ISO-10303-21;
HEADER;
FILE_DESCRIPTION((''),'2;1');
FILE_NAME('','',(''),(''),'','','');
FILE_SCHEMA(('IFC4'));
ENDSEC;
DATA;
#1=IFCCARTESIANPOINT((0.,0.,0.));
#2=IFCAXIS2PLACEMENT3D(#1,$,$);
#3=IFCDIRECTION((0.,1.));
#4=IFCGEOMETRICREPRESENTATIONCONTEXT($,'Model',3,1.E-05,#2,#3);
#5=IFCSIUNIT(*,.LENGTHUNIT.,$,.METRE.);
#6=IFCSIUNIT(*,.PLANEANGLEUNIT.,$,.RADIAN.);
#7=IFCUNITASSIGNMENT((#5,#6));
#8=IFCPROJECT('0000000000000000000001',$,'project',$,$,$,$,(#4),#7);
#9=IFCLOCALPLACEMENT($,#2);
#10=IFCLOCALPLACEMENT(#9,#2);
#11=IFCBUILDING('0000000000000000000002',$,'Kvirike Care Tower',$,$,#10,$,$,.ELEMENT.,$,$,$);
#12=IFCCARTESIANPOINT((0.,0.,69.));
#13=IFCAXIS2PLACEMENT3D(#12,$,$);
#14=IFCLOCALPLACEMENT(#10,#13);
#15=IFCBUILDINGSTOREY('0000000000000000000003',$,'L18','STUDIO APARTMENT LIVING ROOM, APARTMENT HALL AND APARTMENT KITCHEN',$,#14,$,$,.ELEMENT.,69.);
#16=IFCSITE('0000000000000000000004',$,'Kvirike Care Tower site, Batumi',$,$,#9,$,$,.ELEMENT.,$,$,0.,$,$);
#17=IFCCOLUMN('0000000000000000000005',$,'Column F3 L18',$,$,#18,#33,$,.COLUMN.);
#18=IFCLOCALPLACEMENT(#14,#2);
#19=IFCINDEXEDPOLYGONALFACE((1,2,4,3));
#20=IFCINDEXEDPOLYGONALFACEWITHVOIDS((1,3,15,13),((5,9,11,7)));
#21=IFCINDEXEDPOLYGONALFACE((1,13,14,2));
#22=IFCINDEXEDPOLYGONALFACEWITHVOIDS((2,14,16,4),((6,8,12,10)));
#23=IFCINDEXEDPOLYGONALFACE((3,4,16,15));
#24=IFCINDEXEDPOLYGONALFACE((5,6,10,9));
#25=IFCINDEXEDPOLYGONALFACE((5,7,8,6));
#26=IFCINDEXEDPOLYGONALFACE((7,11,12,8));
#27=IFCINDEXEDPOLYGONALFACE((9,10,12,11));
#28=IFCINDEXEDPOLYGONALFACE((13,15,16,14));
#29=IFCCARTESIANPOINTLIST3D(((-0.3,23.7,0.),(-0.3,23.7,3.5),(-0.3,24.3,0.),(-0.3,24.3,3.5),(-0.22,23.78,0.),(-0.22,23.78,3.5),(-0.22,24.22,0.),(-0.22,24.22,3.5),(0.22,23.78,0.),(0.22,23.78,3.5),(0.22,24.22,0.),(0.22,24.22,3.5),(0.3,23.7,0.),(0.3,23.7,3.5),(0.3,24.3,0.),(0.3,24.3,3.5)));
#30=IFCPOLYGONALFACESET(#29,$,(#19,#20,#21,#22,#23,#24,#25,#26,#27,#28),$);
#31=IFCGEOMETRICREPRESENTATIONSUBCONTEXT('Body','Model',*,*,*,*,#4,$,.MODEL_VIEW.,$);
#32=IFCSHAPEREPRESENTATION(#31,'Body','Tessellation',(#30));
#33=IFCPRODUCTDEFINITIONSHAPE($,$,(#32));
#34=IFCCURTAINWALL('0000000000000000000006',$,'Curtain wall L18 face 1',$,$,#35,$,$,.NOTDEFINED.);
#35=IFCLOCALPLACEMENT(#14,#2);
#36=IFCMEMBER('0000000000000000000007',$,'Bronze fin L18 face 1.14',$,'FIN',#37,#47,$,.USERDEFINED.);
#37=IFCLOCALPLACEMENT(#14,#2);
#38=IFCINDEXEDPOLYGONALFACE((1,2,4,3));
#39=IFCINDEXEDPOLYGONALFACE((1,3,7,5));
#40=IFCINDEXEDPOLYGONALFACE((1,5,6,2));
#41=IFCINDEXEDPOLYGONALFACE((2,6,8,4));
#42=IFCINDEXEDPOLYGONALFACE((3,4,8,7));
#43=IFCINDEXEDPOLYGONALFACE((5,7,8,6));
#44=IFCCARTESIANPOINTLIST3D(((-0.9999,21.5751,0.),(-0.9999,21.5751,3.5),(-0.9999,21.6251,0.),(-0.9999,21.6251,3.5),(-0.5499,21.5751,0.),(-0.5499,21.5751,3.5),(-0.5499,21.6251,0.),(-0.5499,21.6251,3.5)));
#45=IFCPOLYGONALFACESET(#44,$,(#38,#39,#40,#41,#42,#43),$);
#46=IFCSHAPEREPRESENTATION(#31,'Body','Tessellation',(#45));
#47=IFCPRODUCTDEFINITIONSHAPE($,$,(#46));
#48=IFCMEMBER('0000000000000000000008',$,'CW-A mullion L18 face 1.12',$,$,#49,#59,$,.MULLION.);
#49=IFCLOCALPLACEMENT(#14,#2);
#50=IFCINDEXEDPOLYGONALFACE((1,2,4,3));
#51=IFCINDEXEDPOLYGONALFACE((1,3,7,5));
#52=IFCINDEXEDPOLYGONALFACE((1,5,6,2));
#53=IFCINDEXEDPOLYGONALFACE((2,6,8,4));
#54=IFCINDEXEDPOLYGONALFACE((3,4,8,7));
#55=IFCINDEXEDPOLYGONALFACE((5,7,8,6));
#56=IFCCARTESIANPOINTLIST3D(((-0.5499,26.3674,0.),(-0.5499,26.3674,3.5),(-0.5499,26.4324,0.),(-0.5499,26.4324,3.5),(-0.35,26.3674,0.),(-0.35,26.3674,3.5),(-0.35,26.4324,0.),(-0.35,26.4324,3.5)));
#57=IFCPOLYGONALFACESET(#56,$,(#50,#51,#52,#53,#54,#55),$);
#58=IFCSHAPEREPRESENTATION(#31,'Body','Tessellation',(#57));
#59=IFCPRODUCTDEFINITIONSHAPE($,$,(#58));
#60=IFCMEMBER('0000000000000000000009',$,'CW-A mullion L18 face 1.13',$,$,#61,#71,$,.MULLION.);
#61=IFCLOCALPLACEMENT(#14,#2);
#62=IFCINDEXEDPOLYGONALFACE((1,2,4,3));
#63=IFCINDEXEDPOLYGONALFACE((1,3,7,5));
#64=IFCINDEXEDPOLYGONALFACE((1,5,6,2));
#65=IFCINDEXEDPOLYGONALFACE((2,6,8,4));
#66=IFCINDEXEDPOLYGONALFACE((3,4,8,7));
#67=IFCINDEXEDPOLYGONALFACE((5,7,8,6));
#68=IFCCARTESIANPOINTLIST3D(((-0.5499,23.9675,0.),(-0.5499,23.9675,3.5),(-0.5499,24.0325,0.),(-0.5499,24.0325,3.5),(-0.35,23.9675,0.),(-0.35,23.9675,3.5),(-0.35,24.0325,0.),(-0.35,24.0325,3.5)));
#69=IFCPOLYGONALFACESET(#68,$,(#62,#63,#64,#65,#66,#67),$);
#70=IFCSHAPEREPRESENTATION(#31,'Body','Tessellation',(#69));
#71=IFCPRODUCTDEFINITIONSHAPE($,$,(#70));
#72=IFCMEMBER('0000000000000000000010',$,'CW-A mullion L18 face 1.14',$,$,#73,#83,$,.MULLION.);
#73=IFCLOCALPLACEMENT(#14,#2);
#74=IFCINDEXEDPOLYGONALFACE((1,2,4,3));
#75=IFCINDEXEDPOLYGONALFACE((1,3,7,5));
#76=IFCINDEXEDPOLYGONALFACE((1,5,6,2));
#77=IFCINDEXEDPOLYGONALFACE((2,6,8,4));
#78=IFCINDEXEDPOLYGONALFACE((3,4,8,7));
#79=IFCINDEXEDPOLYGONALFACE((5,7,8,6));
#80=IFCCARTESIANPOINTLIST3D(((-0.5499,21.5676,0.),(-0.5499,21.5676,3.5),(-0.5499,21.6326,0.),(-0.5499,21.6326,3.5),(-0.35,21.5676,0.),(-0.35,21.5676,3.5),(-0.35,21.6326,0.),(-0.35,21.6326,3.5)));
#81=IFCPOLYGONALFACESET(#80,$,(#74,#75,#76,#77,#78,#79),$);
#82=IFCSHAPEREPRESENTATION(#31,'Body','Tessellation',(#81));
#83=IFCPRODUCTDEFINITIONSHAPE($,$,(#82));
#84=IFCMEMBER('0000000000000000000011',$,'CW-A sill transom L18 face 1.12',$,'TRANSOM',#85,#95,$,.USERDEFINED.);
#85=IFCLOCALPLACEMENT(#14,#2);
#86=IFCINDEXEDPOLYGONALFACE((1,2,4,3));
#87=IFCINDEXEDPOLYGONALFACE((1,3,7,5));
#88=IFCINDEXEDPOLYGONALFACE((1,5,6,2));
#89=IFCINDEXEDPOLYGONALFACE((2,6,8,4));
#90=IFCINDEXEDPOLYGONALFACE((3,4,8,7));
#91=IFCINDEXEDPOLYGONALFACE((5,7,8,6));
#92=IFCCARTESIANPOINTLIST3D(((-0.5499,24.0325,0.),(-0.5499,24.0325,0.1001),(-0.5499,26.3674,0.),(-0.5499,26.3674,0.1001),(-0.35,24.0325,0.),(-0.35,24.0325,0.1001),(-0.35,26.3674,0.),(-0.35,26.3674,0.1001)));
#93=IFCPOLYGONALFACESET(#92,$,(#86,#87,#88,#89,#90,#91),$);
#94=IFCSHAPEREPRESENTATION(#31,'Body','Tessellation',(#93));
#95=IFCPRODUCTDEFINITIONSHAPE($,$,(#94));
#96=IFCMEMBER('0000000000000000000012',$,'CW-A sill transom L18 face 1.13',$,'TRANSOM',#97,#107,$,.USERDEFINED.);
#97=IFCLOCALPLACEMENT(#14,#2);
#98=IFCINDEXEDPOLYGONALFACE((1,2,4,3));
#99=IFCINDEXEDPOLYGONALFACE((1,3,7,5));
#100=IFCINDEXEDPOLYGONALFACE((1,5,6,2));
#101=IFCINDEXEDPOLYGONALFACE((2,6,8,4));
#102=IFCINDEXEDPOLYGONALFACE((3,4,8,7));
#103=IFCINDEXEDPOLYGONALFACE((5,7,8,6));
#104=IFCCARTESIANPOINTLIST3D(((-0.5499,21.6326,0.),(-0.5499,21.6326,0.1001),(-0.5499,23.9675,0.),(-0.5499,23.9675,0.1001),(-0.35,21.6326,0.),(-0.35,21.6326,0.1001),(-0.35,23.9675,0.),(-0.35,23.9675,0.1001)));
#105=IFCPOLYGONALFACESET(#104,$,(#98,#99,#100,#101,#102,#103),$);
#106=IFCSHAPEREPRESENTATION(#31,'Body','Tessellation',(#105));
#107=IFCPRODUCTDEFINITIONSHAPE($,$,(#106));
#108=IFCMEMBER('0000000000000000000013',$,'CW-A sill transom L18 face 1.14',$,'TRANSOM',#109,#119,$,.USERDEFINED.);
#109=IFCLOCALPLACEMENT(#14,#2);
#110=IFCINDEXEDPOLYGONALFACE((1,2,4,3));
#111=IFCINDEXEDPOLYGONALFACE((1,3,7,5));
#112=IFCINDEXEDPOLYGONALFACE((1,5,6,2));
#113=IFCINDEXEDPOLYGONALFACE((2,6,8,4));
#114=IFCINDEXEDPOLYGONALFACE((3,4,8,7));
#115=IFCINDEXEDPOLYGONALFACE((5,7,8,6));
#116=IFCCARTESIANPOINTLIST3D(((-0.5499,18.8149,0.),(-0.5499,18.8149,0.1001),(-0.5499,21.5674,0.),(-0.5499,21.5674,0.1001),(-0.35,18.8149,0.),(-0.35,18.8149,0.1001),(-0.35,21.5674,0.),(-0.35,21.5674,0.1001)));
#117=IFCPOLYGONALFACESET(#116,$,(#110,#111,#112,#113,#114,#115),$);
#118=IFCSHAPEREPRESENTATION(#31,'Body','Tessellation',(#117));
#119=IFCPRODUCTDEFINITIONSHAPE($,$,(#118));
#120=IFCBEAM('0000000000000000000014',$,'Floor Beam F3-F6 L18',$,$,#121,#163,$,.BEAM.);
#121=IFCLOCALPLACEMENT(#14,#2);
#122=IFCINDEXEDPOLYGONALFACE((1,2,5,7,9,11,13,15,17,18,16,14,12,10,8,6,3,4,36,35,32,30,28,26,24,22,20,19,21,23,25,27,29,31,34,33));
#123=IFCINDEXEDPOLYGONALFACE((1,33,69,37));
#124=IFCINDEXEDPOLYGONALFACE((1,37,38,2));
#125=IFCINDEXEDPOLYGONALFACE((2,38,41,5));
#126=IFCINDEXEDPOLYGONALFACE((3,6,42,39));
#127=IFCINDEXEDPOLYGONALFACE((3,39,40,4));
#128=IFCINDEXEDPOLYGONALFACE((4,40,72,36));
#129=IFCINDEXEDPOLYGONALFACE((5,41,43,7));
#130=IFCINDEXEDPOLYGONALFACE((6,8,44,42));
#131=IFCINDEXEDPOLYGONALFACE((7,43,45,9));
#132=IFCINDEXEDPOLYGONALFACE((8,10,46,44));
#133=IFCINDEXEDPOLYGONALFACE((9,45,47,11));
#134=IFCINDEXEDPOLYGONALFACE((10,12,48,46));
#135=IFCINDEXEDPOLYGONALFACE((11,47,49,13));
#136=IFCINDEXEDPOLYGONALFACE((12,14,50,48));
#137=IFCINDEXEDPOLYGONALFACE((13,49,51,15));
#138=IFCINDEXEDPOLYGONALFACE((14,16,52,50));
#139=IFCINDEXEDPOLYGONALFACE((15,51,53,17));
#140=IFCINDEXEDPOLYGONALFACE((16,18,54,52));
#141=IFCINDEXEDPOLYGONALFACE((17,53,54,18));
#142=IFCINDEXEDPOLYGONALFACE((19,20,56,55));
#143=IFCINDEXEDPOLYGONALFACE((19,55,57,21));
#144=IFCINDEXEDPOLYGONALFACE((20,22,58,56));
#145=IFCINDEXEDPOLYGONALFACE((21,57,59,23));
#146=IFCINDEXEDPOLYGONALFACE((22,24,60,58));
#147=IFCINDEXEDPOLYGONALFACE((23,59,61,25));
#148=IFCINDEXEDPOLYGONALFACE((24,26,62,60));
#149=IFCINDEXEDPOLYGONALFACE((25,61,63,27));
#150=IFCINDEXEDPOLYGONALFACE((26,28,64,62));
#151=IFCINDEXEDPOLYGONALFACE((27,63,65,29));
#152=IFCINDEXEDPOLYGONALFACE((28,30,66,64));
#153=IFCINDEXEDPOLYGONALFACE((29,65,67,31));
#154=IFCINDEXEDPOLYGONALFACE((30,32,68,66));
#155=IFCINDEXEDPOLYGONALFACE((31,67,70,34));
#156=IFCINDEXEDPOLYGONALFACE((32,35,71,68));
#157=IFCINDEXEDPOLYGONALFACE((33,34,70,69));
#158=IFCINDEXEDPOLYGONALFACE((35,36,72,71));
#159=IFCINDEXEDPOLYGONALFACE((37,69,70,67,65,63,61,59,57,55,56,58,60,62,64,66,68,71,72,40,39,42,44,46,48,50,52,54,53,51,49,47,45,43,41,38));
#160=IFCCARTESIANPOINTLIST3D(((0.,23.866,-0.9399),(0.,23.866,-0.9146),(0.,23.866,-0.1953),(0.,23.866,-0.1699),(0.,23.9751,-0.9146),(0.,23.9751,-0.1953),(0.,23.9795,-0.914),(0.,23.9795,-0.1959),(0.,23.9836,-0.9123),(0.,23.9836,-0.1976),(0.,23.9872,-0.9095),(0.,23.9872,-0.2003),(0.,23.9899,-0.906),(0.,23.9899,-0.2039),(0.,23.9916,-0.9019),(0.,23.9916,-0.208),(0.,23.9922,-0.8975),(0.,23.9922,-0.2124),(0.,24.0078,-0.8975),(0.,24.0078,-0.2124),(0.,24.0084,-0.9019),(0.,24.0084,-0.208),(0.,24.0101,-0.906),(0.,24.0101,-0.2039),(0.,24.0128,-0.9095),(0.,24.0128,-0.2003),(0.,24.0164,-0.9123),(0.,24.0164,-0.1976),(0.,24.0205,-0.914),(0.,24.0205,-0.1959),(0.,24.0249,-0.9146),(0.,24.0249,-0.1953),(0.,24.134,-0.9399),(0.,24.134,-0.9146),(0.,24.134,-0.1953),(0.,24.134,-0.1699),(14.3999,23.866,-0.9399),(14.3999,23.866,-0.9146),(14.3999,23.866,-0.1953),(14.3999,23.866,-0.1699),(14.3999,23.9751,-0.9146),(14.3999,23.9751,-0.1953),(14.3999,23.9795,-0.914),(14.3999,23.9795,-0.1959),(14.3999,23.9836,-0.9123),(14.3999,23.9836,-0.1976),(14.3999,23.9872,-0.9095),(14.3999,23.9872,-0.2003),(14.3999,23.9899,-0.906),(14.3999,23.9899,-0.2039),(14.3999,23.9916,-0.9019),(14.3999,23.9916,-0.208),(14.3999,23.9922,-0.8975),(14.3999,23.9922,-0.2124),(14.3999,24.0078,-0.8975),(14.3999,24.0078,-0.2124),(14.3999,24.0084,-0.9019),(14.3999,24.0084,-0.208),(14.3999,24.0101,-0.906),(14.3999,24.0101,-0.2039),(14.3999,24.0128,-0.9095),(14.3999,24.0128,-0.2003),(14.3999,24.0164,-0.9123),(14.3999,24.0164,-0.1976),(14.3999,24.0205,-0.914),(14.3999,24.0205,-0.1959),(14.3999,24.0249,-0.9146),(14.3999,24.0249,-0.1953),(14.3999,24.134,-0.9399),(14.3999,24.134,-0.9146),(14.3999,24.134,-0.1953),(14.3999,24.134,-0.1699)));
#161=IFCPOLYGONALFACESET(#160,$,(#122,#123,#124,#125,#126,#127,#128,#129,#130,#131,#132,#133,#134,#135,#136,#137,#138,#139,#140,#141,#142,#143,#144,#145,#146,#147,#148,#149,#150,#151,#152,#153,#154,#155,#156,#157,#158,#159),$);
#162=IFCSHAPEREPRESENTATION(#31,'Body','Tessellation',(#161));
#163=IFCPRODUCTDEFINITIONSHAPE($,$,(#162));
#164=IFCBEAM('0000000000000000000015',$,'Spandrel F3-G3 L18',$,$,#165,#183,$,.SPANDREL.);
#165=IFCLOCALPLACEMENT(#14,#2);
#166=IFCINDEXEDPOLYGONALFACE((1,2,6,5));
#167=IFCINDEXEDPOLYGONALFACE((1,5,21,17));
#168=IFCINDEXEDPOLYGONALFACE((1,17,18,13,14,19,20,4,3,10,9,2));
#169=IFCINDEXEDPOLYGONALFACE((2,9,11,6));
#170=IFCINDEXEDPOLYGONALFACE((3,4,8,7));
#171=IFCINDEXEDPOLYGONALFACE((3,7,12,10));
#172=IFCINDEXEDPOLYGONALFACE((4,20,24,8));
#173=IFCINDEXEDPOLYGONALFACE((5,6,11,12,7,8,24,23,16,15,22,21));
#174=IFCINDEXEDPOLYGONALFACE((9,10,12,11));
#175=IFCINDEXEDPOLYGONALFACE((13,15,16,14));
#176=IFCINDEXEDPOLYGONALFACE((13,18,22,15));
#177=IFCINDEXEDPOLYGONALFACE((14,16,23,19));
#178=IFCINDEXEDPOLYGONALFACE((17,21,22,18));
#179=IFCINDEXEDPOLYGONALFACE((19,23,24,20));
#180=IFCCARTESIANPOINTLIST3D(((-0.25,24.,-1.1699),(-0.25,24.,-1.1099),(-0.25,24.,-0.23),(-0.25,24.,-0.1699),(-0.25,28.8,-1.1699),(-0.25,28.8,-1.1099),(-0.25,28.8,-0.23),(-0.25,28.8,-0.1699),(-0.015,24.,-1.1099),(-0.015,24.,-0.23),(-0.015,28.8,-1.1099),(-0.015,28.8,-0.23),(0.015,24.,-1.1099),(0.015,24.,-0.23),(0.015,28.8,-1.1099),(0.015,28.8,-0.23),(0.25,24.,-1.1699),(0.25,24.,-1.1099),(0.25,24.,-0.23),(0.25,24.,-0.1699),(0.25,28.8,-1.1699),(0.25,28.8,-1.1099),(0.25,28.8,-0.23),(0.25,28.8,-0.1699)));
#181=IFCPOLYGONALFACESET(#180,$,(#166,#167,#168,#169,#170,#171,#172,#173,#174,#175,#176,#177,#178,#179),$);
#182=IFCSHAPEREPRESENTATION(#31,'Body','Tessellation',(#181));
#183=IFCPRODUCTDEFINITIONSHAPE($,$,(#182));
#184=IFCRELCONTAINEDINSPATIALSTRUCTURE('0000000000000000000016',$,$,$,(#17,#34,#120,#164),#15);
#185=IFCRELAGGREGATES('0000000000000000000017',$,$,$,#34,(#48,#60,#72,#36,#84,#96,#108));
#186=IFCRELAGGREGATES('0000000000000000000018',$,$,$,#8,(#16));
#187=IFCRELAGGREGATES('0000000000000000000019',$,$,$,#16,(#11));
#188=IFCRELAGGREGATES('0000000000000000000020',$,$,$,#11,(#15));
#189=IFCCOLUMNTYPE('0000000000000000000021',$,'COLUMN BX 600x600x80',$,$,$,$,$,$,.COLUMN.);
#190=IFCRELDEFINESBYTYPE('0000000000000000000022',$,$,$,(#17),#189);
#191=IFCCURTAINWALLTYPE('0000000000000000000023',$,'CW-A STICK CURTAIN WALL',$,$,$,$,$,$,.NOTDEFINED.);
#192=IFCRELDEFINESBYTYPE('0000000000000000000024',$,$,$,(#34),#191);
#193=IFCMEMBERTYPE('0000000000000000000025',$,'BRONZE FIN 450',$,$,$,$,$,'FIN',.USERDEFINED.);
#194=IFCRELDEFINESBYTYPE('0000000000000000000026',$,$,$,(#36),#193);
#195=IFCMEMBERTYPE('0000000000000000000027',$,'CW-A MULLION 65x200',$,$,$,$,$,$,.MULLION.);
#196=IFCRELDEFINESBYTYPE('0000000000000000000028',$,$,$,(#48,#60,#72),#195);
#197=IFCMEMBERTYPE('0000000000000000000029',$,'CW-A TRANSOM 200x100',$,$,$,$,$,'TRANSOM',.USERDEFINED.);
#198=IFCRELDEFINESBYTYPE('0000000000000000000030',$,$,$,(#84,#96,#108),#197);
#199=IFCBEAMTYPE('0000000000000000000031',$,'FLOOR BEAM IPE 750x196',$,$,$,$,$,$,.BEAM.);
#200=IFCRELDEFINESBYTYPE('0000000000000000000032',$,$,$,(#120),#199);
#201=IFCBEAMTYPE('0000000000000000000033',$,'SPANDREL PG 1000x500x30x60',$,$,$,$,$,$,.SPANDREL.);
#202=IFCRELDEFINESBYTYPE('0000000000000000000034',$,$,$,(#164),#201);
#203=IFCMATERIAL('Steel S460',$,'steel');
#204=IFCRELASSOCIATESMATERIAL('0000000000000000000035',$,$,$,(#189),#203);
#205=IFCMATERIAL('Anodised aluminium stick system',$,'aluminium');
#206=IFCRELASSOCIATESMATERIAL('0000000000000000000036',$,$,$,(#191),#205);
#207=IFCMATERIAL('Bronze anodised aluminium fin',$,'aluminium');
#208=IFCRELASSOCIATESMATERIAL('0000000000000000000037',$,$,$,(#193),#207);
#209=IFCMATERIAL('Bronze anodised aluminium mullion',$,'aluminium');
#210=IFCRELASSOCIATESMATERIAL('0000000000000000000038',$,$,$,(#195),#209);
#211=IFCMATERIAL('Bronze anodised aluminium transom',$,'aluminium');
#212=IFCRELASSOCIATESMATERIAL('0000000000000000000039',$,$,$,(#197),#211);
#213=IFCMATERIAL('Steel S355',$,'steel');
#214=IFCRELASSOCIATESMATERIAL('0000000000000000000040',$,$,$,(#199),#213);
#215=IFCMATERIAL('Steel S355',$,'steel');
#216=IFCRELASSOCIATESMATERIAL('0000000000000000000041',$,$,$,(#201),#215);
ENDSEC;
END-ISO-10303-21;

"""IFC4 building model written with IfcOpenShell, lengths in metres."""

from ifc_helpers import new_model, si_unit, direction, frame, origin, origin_2d, place, context, subcontext, project, spatial, rectangle, hollow_rectangle, i_section, extrude, material, material_profile, profile_set, type_object, element, aggregate, save


model = new_model("IFC4")

# Units and contexts
model_context = context("Model", 3, precision=1e-05, world=origin(), true_north=direction((0.0, 1.0)))
body_context = subcontext(model_context, "Body", "Model", "MODEL_VIEW")
ifc_project = project(units=[si_unit("LENGTHUNIT", "METRE"), si_unit("PLANEANGLEUNIT", "RADIAN")], contexts=[model_context])

# Site, building, storey
site_placement = place(None, origin())
site = spatial("IfcSite", under=ifc_project, at=site_placement, Name="Kvirike Care Tower site, Batumi", CompositionType="ELEMENT", RefElevation=0.0)
building_placement = place(site_placement, origin())
building = spatial("IfcBuilding", under=site, at=building_placement, Name="Kvirike Care Tower", CompositionType="ELEMENT")
storey_placement = place(building_placement, frame((0.0, 0.0, 69.0)))
storey = spatial("IfcBuildingStorey", under=building, at=storey_placement, Name="L18", Description="STUDIO APARTMENT LIVING ROOM, APARTMENT HALL AND APARTMENT KITCHEN", CompositionType="ELEMENT", Elevation=69.0)

# Column
ifc_material_1 = material(Name="Steel S460", Category="steel")
ifc_material_profile_1 = material_profile(ifc_material_1, hollow_rectangle(XDim=0.6001, YDim=0.6001, WallThickness=0.0801, at=origin_2d()), Name="BX 600x600x80")
ifc_profile_set_1 = profile_set([ifc_material_profile_1], Name="Steel S460")
column_type = type_object("IfcColumnType", Name="COLUMN BX 600x600x80", PredefinedType="COLUMN", material=ifc_profile_set_1)
column_placement = place(storey_placement, frame((0.0, 24.0, 0.0), z_axis=(0.0, 0.0, 1.0), x_axis=(1.0, 0.0, 0.0)))
element("IfcColumn", 1, at=column_placement, inside=storey, type_object=column_type, Name="Column F3 L18", PredefinedType="COLUMN", context=body_context, shape_type="SweptSolid", body=[
    extrude(hollow_rectangle(XDim=0.6001, YDim=0.6001, WallThickness=0.0801, at=origin_2d()), origin(), (0.0, 0.0, 1.0), 3.5),
])

# Curtain wall, members
ifc_material_2 = material(Name="Anodised aluminium stick system", Category="aluminium")
curtain_wall_type = type_object("IfcCurtainWallType", Name="CW-A STICK CURTAIN WALL", PredefinedType="NOTDEFINED", material=ifc_material_2)
curtain_wall_placement = place(storey_placement, origin())
curtain_wall = element("IfcCurtainWall", 2, at=curtain_wall_placement, inside=storey, type_object=curtain_wall_type, Name="Curtain wall L18 face 1", PredefinedType="NOTDEFINED")
ifc_material_3 = material(Name="Bronze anodised aluminium fin", Category="aluminium")
ifc_material_profile_2 = material_profile(ifc_material_3, rectangle(XDim=0.05, YDim=0.45, at=origin_2d()), Name="BRONZE FIN 450")
ifc_profile_set_2 = profile_set([ifc_material_profile_2], Name="Bronze anodised aluminium fin")
member_type_1 = type_object("IfcMemberType", Name="BRONZE FIN 450", ElementType="FIN", PredefinedType="USERDEFINED", material=ifc_profile_set_2)
member_1_placement = place(storey_placement, frame((-0.7749, 21.6001, 0.0), z_axis=(0.0, 0.0, 1.0), x_axis=(0.0, -1.0, 0.0)))
member_1 = element("IfcMember", 3, at=member_1_placement, type_object=member_type_1, Name="Bronze fin L18 face 1.14", ObjectType="FIN", PredefinedType="USERDEFINED", context=body_context, shape_type="SweptSolid", body=[
    extrude(rectangle(XDim=0.05, YDim=0.45, at=origin_2d()), origin(), (0.0, 0.0, 1.0), 3.5),
])
ifc_material_4 = material(Name="Bronze anodised aluminium mullion", Category="aluminium")
ifc_material_profile_3 = material_profile(ifc_material_4, rectangle(XDim=0.0649, YDim=0.2, at=origin_2d()), Name="CW-A MULLION 65x200")
ifc_profile_set_3 = profile_set([ifc_material_profile_3], Name="Bronze anodised aluminium mullion")
member_type_2 = type_object("IfcMemberType", Name="CW-A MULLION 65x200", PredefinedType="MULLION", material=ifc_profile_set_3)
member_2_placement = place(storey_placement, frame((-0.45, 26.3999, 0.0), z_axis=(0.0, 0.0, 1.0), x_axis=(0.0, -1.0, 0.0)))
member_2 = element("IfcMember", 4, at=member_2_placement, type_object=member_type_2, Name="CW-A mullion L18 face 1.12", PredefinedType="MULLION", context=body_context, shape_type="SweptSolid", body=[
    extrude(rectangle(XDim=0.0649, YDim=0.2, at=origin_2d()), origin(), (0.0, 0.0, 1.0), 3.5),
])
member_3_placement = place(storey_placement, frame((-0.45, 24.0, 0.0), z_axis=(0.0, 0.0, 1.0), x_axis=(0.0, -1.0, 0.0)))
member_3 = element("IfcMember", 5, at=member_3_placement, type_object=member_type_2, Name="CW-A mullion L18 face 1.13", PredefinedType="MULLION", context=body_context, shape_type="SweptSolid", body=[
    extrude(rectangle(XDim=0.0649, YDim=0.2, at=origin_2d()), origin(), (0.0, 0.0, 1.0), 3.5),
])
member_4_placement = place(storey_placement, frame((-0.45, 21.6001, 0.0), z_axis=(0.0, 0.0, 1.0), x_axis=(0.0, -1.0, 0.0)))
member_4 = element("IfcMember", 6, at=member_4_placement, type_object=member_type_2, Name="CW-A mullion L18 face 1.14", PredefinedType="MULLION", context=body_context, shape_type="SweptSolid", body=[
    extrude(rectangle(XDim=0.0649, YDim=0.2, at=origin_2d()), origin(), (0.0, 0.0, 1.0), 3.5),
])
ifc_material_5 = material(Name="Bronze anodised aluminium transom", Category="aluminium")
ifc_material_profile_4 = material_profile(ifc_material_5, rectangle(XDim=0.2, YDim=0.1001, at=origin_2d()), Name="CW-A TRANSOM 200x100")
ifc_profile_set_4 = profile_set([ifc_material_profile_4], Name="Bronze anodised aluminium transom")
member_type_3 = type_object("IfcMemberType", Name="CW-A TRANSOM 200x100", ElementType="TRANSOM", PredefinedType="USERDEFINED", material=ifc_profile_set_4)
member_5_placement = place(storey_placement, frame((-0.45, 26.3674, 0.05), z_axis=(0.0, -1.0, 0.0), x_axis=(1.0, 0.0, 0.0)))
member_5 = element("IfcMember", 7, at=member_5_placement, type_object=member_type_3, Name="CW-A sill transom L18 face 1.12", ObjectType="TRANSOM", PredefinedType="USERDEFINED", context=body_context, shape_type="SweptSolid", body=[
    extrude(rectangle(XDim=0.2, YDim=0.1001, at=origin_2d()), origin(), (0.0, 0.0, 1.0), 2.335),
])
member_6_placement = place(storey_placement, frame((-0.45, 23.9675, 0.05), z_axis=(0.0, -1.0, 0.0), x_axis=(1.0, 0.0, 0.0)))
member_6 = element("IfcMember", 8, at=member_6_placement, type_object=member_type_3, Name="CW-A sill transom L18 face 1.13", ObjectType="TRANSOM", PredefinedType="USERDEFINED", context=body_context, shape_type="SweptSolid", body=[
    extrude(rectangle(XDim=0.2, YDim=0.1001, at=origin_2d()), origin(), (0.0, 0.0, 1.0), 2.335),
])
member_7_placement = place(storey_placement, frame((-0.45, 21.5674, 0.05), z_axis=(0.0, -1.0, 0.0), x_axis=(1.0, 0.0, 0.0)))
member_7 = element("IfcMember", 9, at=member_7_placement, type_object=member_type_3, Name="CW-A sill transom L18 face 1.14", ObjectType="TRANSOM", PredefinedType="USERDEFINED", context=body_context, shape_type="SweptSolid", body=[
    extrude(rectangle(XDim=0.2, YDim=0.1001, at=origin_2d()), origin(), (0.0, 0.0, 1.0), 2.7524),
])

# Beams
ifc_material_6 = material(Name="Steel S355", Category="steel")
ifc_material_profile_5 = material_profile(ifc_material_6, i_section(OverallWidth=0.2681, OverallDepth=0.77, WebThickness=0.0156, FlangeThickness=0.0254, FilletRadius=0.0171, at=origin_2d()), Name="IPE 750x196")
ifc_profile_set_5 = profile_set([ifc_material_profile_5], Name="Steel S355")
beam_type_1 = type_object("IfcBeamType", Name="FLOOR BEAM IPE 750x196", PredefinedType="BEAM", material=ifc_profile_set_5)
beam_1_placement = place(storey_placement, frame((0.0, 24.0, -0.5549), z_axis=(1.0, 0.0, 0.0), x_axis=(0.0, 1.0, 0.0)))
element("IfcBeam", 10, at=beam_1_placement, inside=storey, type_object=beam_type_1, Name="Floor Beam F3-F6 L18", PredefinedType="BEAM", context=body_context, shape_type="SweptSolid", body=[
    extrude(i_section(OverallWidth=0.2681, OverallDepth=0.77, WebThickness=0.0156, FlangeThickness=0.0254, FilletRadius=0.0171, at=origin_2d()), origin(), (0.0, 0.0, 1.0), 14.3999),
])
ifc_material_7 = material(Name="Steel S355", Category="steel")
ifc_material_profile_6 = material_profile(ifc_material_7, i_section(OverallWidth=0.5, OverallDepth=1.0, WebThickness=0.03, FlangeThickness=0.0601, at=origin_2d()), Name="PG 1000x500x30x60")
ifc_profile_set_6 = profile_set([ifc_material_profile_6], Name="Steel S355")
beam_type_2 = type_object("IfcBeamType", Name="SPANDREL PG 1000x500x30x60", PredefinedType="SPANDREL", material=ifc_profile_set_6)
beam_2_placement = place(storey_placement, frame((0.0, 24.0, -0.6699), z_axis=(0.0, 1.0, 0.0), x_axis=(-1.0, 0.0, 0.0)))
element("IfcBeam", 11, at=beam_2_placement, inside=storey, type_object=beam_type_2, Name="Spandrel F3-G3 L18", PredefinedType="SPANDREL", context=body_context, shape_type="SweptSolid", body=[
    extrude(i_section(OverallWidth=0.5, OverallDepth=1.0, WebThickness=0.03, FlangeThickness=0.0601, at=origin_2d()), origin(), (0.0, 0.0, 1.0), 4.8),
])

aggregate(curtain_wall, [member_2, member_3, member_4, member_1, member_5, member_6, member_7])

save(model, "model.ifc")
